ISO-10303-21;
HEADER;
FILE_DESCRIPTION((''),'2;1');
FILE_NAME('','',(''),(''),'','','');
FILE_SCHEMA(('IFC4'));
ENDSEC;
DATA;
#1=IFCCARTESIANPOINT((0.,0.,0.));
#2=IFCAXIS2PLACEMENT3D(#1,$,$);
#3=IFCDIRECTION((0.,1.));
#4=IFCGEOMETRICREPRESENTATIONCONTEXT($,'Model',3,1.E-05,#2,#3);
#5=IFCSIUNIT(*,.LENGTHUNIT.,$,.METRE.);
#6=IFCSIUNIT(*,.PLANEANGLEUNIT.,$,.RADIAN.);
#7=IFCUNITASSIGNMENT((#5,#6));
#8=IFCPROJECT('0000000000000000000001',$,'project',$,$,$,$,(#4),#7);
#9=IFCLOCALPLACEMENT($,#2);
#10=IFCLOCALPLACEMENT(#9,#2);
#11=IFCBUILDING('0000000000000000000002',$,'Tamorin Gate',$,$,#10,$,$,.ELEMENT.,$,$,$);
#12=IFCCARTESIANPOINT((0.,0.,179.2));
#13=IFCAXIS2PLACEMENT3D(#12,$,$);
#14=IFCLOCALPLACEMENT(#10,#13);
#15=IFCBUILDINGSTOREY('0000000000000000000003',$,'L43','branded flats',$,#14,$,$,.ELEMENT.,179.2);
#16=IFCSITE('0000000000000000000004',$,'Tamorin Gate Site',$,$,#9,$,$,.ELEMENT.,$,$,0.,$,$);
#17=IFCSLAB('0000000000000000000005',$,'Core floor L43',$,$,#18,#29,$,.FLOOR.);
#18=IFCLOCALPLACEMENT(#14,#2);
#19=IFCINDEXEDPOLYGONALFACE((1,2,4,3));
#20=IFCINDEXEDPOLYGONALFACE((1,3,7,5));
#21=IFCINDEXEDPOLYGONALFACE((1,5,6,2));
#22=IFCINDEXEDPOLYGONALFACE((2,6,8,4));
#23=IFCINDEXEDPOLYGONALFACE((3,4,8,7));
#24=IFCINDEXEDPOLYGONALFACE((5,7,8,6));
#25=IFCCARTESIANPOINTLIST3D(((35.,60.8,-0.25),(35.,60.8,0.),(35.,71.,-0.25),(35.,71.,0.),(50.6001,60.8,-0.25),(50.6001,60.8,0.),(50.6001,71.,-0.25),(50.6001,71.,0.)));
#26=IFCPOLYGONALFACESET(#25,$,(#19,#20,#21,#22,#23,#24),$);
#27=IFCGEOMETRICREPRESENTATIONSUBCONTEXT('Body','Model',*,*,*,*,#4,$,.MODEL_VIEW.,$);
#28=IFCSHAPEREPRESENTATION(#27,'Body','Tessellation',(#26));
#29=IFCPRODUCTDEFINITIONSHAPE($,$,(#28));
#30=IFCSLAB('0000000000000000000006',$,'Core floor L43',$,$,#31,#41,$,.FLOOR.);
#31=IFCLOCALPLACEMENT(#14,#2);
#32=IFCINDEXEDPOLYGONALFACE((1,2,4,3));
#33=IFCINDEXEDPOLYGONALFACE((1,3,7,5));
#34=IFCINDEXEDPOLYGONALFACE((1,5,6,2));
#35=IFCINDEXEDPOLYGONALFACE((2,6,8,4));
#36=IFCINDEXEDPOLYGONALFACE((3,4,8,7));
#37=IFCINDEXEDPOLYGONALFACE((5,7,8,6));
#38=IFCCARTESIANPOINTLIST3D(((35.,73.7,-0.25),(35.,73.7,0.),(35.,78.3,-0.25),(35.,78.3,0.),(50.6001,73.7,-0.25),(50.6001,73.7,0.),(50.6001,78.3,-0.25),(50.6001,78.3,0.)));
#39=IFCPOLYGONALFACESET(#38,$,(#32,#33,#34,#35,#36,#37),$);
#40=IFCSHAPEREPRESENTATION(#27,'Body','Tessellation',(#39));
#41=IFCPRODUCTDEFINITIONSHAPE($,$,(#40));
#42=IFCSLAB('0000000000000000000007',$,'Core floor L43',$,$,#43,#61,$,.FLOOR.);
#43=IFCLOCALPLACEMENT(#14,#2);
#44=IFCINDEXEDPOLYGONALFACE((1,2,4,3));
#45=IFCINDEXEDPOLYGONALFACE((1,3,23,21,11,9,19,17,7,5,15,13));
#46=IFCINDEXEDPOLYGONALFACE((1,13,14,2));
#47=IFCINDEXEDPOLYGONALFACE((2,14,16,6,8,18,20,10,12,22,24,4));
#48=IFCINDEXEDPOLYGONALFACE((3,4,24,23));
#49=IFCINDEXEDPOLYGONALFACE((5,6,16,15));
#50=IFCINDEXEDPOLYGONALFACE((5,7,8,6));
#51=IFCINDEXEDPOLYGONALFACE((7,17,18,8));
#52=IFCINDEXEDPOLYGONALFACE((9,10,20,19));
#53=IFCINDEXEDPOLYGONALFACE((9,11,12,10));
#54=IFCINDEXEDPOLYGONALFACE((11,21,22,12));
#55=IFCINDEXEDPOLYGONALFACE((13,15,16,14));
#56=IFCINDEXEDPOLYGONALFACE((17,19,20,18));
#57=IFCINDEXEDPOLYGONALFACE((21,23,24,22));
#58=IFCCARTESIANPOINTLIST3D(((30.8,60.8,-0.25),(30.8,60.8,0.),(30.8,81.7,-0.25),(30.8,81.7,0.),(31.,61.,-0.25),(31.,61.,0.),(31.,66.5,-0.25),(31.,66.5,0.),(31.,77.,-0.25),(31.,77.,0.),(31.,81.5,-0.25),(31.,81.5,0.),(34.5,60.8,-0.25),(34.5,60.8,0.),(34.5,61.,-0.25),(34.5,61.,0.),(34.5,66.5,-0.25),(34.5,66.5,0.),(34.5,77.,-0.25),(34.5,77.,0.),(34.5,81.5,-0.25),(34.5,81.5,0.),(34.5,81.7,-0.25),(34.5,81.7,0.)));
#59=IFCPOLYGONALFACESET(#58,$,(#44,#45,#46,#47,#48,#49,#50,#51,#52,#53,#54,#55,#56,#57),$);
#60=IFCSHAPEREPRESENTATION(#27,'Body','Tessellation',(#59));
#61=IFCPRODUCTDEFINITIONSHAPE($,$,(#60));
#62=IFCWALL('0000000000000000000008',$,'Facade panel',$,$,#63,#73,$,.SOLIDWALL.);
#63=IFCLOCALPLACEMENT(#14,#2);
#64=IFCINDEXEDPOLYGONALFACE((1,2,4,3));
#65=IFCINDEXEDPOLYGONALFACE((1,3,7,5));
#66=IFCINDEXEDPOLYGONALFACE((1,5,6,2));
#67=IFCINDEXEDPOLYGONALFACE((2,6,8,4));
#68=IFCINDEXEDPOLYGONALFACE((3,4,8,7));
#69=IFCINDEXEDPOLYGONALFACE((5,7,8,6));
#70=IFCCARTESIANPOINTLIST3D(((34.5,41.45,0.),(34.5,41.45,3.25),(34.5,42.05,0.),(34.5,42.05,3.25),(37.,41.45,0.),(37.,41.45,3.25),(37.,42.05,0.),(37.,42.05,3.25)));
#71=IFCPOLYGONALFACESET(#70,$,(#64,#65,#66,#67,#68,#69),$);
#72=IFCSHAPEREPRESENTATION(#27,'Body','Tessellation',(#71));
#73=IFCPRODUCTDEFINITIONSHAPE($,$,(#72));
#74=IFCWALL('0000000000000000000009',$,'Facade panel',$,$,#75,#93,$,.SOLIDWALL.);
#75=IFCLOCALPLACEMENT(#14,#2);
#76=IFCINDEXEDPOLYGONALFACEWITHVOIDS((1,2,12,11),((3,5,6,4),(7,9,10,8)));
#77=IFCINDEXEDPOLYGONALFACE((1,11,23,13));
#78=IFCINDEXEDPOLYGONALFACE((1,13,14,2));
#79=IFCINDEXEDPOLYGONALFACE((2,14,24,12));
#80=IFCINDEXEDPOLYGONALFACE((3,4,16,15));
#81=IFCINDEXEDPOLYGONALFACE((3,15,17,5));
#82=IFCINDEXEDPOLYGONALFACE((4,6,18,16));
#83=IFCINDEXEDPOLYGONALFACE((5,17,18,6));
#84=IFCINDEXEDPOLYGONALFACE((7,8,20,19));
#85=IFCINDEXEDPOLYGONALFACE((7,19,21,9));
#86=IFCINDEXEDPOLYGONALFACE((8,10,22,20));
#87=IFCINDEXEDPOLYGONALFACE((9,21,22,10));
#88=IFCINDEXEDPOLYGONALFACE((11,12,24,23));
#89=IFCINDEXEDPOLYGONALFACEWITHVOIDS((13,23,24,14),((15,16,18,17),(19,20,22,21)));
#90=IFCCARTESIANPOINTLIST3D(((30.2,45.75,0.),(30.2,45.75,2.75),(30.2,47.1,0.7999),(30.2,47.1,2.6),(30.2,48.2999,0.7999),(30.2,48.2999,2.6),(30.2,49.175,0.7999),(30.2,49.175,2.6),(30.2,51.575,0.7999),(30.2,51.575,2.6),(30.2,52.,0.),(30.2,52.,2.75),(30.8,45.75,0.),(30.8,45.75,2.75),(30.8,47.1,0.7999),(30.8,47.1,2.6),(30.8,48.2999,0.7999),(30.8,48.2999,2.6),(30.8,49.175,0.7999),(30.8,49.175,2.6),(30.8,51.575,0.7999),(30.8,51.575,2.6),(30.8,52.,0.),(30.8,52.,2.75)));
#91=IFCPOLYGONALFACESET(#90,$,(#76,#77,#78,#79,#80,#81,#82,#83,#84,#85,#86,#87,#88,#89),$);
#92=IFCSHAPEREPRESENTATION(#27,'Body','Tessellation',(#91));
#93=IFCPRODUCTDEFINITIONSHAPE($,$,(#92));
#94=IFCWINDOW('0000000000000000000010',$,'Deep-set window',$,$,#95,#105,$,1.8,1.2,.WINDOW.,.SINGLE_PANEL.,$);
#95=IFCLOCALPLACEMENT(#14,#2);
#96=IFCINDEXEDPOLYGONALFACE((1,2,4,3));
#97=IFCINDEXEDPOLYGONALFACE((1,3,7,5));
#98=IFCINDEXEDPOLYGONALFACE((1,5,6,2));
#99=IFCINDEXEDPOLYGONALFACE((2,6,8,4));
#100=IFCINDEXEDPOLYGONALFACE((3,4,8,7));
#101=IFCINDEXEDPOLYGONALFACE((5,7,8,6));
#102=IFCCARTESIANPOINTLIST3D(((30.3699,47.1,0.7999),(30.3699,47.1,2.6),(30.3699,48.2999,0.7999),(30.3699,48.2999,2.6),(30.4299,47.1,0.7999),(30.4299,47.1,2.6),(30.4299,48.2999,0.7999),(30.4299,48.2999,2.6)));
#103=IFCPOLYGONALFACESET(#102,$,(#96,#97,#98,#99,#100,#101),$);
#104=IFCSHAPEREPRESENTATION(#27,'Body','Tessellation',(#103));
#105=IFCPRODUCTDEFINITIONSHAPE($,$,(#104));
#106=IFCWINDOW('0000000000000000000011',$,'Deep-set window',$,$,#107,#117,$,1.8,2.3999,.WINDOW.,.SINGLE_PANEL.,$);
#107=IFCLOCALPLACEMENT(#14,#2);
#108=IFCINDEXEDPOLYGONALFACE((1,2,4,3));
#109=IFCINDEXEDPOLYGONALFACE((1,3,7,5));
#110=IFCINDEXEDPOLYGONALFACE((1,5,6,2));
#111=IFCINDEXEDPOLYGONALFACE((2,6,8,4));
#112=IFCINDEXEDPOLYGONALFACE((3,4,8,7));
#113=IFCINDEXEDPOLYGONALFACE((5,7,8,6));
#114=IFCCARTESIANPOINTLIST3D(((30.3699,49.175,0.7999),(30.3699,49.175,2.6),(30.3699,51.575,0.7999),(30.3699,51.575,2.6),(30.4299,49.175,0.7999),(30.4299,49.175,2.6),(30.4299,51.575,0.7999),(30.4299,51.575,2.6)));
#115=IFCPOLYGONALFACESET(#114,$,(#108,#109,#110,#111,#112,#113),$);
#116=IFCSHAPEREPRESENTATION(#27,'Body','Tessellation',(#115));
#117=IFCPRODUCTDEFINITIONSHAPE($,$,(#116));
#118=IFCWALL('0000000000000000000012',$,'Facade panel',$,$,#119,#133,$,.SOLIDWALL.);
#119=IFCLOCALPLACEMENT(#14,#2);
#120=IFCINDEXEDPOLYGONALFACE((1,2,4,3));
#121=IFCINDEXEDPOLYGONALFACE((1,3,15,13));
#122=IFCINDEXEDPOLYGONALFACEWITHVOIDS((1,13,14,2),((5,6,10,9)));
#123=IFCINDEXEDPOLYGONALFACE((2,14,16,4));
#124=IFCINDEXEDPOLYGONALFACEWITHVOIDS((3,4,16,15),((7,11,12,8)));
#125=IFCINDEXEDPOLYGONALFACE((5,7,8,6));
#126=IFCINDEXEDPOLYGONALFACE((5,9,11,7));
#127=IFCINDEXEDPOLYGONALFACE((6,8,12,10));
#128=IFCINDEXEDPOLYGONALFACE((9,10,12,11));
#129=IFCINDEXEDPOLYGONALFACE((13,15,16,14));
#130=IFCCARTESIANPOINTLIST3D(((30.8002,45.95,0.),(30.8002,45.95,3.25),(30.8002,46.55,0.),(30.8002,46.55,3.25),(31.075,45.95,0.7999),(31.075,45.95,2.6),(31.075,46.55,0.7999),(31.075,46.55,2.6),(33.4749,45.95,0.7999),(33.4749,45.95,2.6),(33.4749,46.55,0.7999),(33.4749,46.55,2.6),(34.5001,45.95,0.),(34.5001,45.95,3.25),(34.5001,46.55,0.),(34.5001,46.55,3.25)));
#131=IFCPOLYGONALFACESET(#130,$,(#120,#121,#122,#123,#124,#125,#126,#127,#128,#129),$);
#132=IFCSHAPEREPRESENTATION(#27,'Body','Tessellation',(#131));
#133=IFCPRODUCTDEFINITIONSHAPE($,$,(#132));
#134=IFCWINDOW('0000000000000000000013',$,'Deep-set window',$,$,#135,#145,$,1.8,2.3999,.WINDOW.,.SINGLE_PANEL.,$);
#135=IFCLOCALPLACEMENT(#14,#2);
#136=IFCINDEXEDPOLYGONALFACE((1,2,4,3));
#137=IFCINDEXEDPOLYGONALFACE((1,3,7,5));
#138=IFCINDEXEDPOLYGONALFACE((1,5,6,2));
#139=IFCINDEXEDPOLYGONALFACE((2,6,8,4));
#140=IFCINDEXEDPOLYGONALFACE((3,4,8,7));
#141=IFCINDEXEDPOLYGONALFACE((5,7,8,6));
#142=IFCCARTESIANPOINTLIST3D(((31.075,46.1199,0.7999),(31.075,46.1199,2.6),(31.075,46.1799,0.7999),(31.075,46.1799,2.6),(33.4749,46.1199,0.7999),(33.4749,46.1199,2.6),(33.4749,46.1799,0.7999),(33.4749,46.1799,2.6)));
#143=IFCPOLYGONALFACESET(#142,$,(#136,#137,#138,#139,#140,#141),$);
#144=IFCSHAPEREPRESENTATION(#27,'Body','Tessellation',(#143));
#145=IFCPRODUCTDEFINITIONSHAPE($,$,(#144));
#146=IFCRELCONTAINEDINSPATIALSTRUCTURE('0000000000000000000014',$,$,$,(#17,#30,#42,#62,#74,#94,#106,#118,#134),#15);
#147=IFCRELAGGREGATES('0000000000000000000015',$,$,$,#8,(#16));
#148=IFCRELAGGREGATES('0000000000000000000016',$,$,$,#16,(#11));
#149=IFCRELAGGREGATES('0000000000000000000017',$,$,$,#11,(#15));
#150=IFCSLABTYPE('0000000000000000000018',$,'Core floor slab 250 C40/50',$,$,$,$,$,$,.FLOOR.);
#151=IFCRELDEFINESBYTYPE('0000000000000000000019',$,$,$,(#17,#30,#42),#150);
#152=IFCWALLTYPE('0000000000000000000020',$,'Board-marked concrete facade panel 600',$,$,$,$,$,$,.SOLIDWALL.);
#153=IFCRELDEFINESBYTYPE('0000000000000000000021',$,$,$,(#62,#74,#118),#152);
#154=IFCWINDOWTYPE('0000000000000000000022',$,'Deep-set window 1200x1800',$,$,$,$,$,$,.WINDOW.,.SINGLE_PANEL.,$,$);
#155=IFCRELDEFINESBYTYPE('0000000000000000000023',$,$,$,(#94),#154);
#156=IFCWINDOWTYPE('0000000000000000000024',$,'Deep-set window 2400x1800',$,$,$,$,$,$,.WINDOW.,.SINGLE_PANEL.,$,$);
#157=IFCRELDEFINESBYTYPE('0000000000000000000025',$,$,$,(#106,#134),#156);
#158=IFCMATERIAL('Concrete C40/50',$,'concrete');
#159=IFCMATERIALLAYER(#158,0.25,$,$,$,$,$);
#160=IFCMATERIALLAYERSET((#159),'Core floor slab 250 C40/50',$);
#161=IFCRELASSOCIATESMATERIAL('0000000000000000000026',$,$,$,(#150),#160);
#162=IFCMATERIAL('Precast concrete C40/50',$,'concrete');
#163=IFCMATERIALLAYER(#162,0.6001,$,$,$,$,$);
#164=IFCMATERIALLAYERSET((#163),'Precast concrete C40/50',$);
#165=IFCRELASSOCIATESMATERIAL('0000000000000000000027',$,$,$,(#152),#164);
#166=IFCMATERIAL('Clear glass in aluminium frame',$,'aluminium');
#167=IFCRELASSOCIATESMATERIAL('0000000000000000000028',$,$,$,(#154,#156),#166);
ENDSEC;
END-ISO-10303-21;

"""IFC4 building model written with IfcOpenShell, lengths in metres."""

from ifc_helpers import new_model, si_unit, direction, frame, frame_2d, origin, place, context, subcontext, project, spatial, polyline, rectangle, outline, extrude, material, layer, layer_set, type_object, element, fill, save


model = new_model("IFC4")

# Units and contexts
model_context = context("Model", 3, precision=1e-05, world=origin(), true_north=direction((0.0, 1.0)))
body_context = subcontext(model_context, "Body", "Model", "MODEL_VIEW")
ifc_project = project(units=[si_unit("LENGTHUNIT", "METRE"), si_unit("PLANEANGLEUNIT", "RADIAN")], contexts=[model_context])

# Site, building, storey
site_placement = place(None, origin())
site = spatial("IfcSite", under=ifc_project, at=site_placement, Name="Tamorin Gate Site", CompositionType="ELEMENT", RefElevation=0.0)
building_placement = place(site_placement, origin())
building = spatial("IfcBuilding", under=site, at=building_placement, Name="Tamorin Gate", CompositionType="ELEMENT")
storey_placement = place(building_placement, frame((0.0, 0.0, 179.2)))
storey = spatial("IfcBuildingStorey", under=building, at=storey_placement, Name="L43", Description="branded flats", CompositionType="ELEMENT", Elevation=179.2)

# Slabs
ifc_material_1 = material(Name="Concrete C40/50", Category="concrete")
ifc_layer_1 = layer(ifc_material_1, 0.25)
ifc_layer_set_1 = layer_set([ifc_layer_1], Name="Core floor slab 250 C40/50")
slab_type = type_object("IfcSlabType", Name="Core floor slab 250 C40/50", PredefinedType="FLOOR", material=ifc_layer_set_1)
slab_1_placement = place(storey_placement, frame((0.0, 0.0, -0.25)))
element("IfcSlab", 1, at=slab_1_placement, inside=storey, type_object=slab_type, Name="Core floor L43", PredefinedType="FLOOR", context=body_context, shape_type="SweptSolid", body=[
    extrude(outline(polyline([(50.6001, 71.0), (50.6001, 60.8), (35.0, 60.8), (35.0, 71.0), (50.6001, 71.0)])), origin(), (0.0, 0.0, 1.0), 0.25),
])
slab_2_placement = place(storey_placement, frame((0.0, 0.0, -0.25)))
element("IfcSlab", 2, at=slab_2_placement, inside=storey, type_object=slab_type, Name="Core floor L43", PredefinedType="FLOOR", context=body_context, shape_type="SweptSolid", body=[
    extrude(outline(polyline([(50.6001, 73.7), (35.0, 73.7), (35.0, 78.3), (50.6001, 78.3), (50.6001, 73.7)])), origin(), (0.0, 0.0, 1.0), 0.25),
])
slab_3_placement = place(storey_placement, frame((0.0, 0.0, -0.25)))
element("IfcSlab", 3, at=slab_3_placement, inside=storey, type_object=slab_type, Name="Core floor L43", PredefinedType="FLOOR", context=body_context, shape_type="SweptSolid", body=[
    extrude(outline(polyline([(34.5, 60.8), (30.8, 60.8), (30.8, 81.7), (34.5, 81.7), (34.5, 81.5), (31.0, 81.5), (31.0, 77.0), (34.5, 77.0), (34.5, 66.5), (31.0, 66.5), (31.0, 61.0), (34.5, 61.0), (34.5, 60.8)])), origin(), (0.0, 0.0, 1.0), 0.25),
])

# Wall
ifc_material_2 = material(Name="Precast concrete C40/50", Category="concrete")
ifc_layer_2 = layer(ifc_material_2, 0.6001)
ifc_layer_set_2 = layer_set([ifc_layer_2], Name="Precast concrete C40/50")
wall_type_1 = type_object("IfcWallType", Name="Board-marked concrete facade panel 600", PredefinedType="SOLIDWALL", material=ifc_layer_set_2)
wall_1_placement = place(storey_placement, frame((34.5, 41.75, 0.0), z_axis=(0.0, 0.0, 1.0), x_axis=(1.0, 0.0, 0.0)))
element("IfcWall", 4, at=wall_1_placement, inside=storey, type_object=wall_type_1, Name="Facade panel", PredefinedType="SOLIDWALL", context=body_context, shape_type="SweptSolid", body=[
    extrude(rectangle(XDim=2.5, YDim=0.6001, at=frame_2d((1.25, 0.0))), origin(), (0.0, 0.0, 1.0), 3.25),
])

# Wall, openings, windows
wall_2_placement = place(storey_placement, frame((30.5, 52.0, 0.0), z_axis=(0.0, 0.0, 1.0), x_axis=(0.0, -1.0, 0.0)))
wall_2 = element("IfcWall", 5, at=wall_2_placement, inside=storey, type_object=wall_type_1, Name="Facade panel", PredefinedType="SOLIDWALL", context=body_context, shape_type="SweptSolid", body=[
    extrude(rectangle(XDim=6.25, YDim=0.6001, at=frame_2d((3.125, 0.0))), origin(), (0.0, 0.0, 1.0), 2.75),
])
opening_1_placement = place(wall_2_placement, frame((3.7, 0.0, 0.8)))
opening_1 = element("IfcOpeningElement", 6, at=opening_1_placement, cuts=wall_2, PredefinedType="OPENING", context=body_context, shape_type="SweptSolid", body=[
    extrude(rectangle(XDim=1.2, YDim=1.8, at=frame_2d((0.6001, 0.8999))), frame((0.0, 0.3101, 0.0), z_axis=(0.0, -1.0, 0.0), x_axis=(1.0, 0.0, 0.0)), (0.0, 0.0, 1.0), 0.6201),
])
opening_2_placement = place(wall_2_placement, frame((0.425, 0.0, 0.8)))
opening_2 = element("IfcOpeningElement", 7, at=opening_2_placement, cuts=wall_2, PredefinedType="OPENING", context=body_context, shape_type="SweptSolid", body=[
    extrude(rectangle(XDim=2.3999, YDim=1.8, at=frame_2d((1.2, 0.8999))), frame((0.0, 0.3101, 0.0), z_axis=(0.0, -1.0, 0.0), x_axis=(1.0, 0.0, 0.0)), (0.0, 0.0, 1.0), 0.6201),
])
ifc_material_3 = material(Name="Clear glass in aluminium frame", Category="aluminium")
window_type_1 = type_object("IfcWindowType", Name="Deep-set window 1200x1800", PartitioningType="SINGLE_PANEL", PredefinedType="WINDOW", material=ifc_material_3)
window_1_placement = place(opening_1_placement, origin())
window_1 = element("IfcWindow", 8, at=window_1_placement, inside=storey, type_object=window_type_1, Name="Deep-set window", OverallHeight=1.8, OverallWidth=1.2, PartitioningType="SINGLE_PANEL", PredefinedType="WINDOW", context=body_context, shape_type="SweptSolid", body=[
    extrude(rectangle(XDim=1.2, YDim=1.8, at=frame_2d((0.6001, 0.8999))), frame((0.0, -0.0701, 0.0), z_axis=(0.0, -1.0, 0.0), x_axis=(1.0, 0.0, 0.0)), (0.0, 0.0, 1.0), 0.0601),
])
fill(opening_1, window_1)
window_type_2 = type_object("IfcWindowType", Name="Deep-set window 2400x1800", PartitioningType="SINGLE_PANEL", PredefinedType="WINDOW", material=ifc_material_3)
window_2_placement = place(opening_2_placement, origin())
window_2 = element("IfcWindow", 9, at=window_2_placement, inside=storey, type_object=window_type_2, Name="Deep-set window", OverallHeight=1.8, OverallWidth=2.3999, PartitioningType="SINGLE_PANEL", PredefinedType="WINDOW", context=body_context, shape_type="SweptSolid", body=[
    extrude(rectangle(XDim=2.3999, YDim=1.8, at=frame_2d((1.2, 0.8999))), frame((0.0, -0.0701, 0.0), z_axis=(0.0, -1.0, 0.0), x_axis=(1.0, 0.0, 0.0)), (0.0, 0.0, 1.0), 0.0601),
])
fill(opening_2, window_2)

# Wall, opening, window
wall_3_placement = place(storey_placement, frame((30.8, 46.25, 0.0), z_axis=(0.0, 0.0, 1.0), x_axis=(1.0, 0.0, 0.0)))
wall_3 = element("IfcWall", 10, at=wall_3_placement, inside=storey, type_object=wall_type_1, Name="Facade panel", PredefinedType="SOLIDWALL", context=body_context, shape_type="SweptSolid", body=[
    extrude(rectangle(XDim=3.7, YDim=0.6001, at=frame_2d((1.8501, 0.0))), origin(), (0.0, 0.0, 1.0), 3.25),
])
opening_3_placement = place(wall_3_placement, frame((0.2749, 0.0, 0.8)))
opening_3 = element("IfcOpeningElement", 11, at=opening_3_placement, cuts=wall_3, PredefinedType="OPENING", context=body_context, shape_type="SweptSolid", body=[
    extrude(rectangle(XDim=2.3999, YDim=1.8, at=frame_2d((1.2, 0.8999))), frame((0.0, 0.3101, 0.0), z_axis=(0.0, -1.0, 0.0), x_axis=(1.0, 0.0, 0.0)), (0.0, 0.0, 1.0), 0.6201),
])
window_3_placement = place(opening_3_placement, origin())
window_3 = element("IfcWindow", 12, at=window_3_placement, inside=storey, type_object=window_type_2, Name="Deep-set window", OverallHeight=1.8, OverallWidth=2.3999, PartitioningType="SINGLE_PANEL", PredefinedType="WINDOW", context=body_context, shape_type="SweptSolid", body=[
    extrude(rectangle(XDim=2.3999, YDim=1.8, at=frame_2d((1.2, 0.8999))), frame((0.0, -0.0701, 0.0), z_axis=(0.0, -1.0, 0.0), x_axis=(1.0, 0.0, 0.0)), (0.0, 0.0, 1.0), 0.0601),
])
fill(opening_3, window_3)

save(model, "model.ifc")
